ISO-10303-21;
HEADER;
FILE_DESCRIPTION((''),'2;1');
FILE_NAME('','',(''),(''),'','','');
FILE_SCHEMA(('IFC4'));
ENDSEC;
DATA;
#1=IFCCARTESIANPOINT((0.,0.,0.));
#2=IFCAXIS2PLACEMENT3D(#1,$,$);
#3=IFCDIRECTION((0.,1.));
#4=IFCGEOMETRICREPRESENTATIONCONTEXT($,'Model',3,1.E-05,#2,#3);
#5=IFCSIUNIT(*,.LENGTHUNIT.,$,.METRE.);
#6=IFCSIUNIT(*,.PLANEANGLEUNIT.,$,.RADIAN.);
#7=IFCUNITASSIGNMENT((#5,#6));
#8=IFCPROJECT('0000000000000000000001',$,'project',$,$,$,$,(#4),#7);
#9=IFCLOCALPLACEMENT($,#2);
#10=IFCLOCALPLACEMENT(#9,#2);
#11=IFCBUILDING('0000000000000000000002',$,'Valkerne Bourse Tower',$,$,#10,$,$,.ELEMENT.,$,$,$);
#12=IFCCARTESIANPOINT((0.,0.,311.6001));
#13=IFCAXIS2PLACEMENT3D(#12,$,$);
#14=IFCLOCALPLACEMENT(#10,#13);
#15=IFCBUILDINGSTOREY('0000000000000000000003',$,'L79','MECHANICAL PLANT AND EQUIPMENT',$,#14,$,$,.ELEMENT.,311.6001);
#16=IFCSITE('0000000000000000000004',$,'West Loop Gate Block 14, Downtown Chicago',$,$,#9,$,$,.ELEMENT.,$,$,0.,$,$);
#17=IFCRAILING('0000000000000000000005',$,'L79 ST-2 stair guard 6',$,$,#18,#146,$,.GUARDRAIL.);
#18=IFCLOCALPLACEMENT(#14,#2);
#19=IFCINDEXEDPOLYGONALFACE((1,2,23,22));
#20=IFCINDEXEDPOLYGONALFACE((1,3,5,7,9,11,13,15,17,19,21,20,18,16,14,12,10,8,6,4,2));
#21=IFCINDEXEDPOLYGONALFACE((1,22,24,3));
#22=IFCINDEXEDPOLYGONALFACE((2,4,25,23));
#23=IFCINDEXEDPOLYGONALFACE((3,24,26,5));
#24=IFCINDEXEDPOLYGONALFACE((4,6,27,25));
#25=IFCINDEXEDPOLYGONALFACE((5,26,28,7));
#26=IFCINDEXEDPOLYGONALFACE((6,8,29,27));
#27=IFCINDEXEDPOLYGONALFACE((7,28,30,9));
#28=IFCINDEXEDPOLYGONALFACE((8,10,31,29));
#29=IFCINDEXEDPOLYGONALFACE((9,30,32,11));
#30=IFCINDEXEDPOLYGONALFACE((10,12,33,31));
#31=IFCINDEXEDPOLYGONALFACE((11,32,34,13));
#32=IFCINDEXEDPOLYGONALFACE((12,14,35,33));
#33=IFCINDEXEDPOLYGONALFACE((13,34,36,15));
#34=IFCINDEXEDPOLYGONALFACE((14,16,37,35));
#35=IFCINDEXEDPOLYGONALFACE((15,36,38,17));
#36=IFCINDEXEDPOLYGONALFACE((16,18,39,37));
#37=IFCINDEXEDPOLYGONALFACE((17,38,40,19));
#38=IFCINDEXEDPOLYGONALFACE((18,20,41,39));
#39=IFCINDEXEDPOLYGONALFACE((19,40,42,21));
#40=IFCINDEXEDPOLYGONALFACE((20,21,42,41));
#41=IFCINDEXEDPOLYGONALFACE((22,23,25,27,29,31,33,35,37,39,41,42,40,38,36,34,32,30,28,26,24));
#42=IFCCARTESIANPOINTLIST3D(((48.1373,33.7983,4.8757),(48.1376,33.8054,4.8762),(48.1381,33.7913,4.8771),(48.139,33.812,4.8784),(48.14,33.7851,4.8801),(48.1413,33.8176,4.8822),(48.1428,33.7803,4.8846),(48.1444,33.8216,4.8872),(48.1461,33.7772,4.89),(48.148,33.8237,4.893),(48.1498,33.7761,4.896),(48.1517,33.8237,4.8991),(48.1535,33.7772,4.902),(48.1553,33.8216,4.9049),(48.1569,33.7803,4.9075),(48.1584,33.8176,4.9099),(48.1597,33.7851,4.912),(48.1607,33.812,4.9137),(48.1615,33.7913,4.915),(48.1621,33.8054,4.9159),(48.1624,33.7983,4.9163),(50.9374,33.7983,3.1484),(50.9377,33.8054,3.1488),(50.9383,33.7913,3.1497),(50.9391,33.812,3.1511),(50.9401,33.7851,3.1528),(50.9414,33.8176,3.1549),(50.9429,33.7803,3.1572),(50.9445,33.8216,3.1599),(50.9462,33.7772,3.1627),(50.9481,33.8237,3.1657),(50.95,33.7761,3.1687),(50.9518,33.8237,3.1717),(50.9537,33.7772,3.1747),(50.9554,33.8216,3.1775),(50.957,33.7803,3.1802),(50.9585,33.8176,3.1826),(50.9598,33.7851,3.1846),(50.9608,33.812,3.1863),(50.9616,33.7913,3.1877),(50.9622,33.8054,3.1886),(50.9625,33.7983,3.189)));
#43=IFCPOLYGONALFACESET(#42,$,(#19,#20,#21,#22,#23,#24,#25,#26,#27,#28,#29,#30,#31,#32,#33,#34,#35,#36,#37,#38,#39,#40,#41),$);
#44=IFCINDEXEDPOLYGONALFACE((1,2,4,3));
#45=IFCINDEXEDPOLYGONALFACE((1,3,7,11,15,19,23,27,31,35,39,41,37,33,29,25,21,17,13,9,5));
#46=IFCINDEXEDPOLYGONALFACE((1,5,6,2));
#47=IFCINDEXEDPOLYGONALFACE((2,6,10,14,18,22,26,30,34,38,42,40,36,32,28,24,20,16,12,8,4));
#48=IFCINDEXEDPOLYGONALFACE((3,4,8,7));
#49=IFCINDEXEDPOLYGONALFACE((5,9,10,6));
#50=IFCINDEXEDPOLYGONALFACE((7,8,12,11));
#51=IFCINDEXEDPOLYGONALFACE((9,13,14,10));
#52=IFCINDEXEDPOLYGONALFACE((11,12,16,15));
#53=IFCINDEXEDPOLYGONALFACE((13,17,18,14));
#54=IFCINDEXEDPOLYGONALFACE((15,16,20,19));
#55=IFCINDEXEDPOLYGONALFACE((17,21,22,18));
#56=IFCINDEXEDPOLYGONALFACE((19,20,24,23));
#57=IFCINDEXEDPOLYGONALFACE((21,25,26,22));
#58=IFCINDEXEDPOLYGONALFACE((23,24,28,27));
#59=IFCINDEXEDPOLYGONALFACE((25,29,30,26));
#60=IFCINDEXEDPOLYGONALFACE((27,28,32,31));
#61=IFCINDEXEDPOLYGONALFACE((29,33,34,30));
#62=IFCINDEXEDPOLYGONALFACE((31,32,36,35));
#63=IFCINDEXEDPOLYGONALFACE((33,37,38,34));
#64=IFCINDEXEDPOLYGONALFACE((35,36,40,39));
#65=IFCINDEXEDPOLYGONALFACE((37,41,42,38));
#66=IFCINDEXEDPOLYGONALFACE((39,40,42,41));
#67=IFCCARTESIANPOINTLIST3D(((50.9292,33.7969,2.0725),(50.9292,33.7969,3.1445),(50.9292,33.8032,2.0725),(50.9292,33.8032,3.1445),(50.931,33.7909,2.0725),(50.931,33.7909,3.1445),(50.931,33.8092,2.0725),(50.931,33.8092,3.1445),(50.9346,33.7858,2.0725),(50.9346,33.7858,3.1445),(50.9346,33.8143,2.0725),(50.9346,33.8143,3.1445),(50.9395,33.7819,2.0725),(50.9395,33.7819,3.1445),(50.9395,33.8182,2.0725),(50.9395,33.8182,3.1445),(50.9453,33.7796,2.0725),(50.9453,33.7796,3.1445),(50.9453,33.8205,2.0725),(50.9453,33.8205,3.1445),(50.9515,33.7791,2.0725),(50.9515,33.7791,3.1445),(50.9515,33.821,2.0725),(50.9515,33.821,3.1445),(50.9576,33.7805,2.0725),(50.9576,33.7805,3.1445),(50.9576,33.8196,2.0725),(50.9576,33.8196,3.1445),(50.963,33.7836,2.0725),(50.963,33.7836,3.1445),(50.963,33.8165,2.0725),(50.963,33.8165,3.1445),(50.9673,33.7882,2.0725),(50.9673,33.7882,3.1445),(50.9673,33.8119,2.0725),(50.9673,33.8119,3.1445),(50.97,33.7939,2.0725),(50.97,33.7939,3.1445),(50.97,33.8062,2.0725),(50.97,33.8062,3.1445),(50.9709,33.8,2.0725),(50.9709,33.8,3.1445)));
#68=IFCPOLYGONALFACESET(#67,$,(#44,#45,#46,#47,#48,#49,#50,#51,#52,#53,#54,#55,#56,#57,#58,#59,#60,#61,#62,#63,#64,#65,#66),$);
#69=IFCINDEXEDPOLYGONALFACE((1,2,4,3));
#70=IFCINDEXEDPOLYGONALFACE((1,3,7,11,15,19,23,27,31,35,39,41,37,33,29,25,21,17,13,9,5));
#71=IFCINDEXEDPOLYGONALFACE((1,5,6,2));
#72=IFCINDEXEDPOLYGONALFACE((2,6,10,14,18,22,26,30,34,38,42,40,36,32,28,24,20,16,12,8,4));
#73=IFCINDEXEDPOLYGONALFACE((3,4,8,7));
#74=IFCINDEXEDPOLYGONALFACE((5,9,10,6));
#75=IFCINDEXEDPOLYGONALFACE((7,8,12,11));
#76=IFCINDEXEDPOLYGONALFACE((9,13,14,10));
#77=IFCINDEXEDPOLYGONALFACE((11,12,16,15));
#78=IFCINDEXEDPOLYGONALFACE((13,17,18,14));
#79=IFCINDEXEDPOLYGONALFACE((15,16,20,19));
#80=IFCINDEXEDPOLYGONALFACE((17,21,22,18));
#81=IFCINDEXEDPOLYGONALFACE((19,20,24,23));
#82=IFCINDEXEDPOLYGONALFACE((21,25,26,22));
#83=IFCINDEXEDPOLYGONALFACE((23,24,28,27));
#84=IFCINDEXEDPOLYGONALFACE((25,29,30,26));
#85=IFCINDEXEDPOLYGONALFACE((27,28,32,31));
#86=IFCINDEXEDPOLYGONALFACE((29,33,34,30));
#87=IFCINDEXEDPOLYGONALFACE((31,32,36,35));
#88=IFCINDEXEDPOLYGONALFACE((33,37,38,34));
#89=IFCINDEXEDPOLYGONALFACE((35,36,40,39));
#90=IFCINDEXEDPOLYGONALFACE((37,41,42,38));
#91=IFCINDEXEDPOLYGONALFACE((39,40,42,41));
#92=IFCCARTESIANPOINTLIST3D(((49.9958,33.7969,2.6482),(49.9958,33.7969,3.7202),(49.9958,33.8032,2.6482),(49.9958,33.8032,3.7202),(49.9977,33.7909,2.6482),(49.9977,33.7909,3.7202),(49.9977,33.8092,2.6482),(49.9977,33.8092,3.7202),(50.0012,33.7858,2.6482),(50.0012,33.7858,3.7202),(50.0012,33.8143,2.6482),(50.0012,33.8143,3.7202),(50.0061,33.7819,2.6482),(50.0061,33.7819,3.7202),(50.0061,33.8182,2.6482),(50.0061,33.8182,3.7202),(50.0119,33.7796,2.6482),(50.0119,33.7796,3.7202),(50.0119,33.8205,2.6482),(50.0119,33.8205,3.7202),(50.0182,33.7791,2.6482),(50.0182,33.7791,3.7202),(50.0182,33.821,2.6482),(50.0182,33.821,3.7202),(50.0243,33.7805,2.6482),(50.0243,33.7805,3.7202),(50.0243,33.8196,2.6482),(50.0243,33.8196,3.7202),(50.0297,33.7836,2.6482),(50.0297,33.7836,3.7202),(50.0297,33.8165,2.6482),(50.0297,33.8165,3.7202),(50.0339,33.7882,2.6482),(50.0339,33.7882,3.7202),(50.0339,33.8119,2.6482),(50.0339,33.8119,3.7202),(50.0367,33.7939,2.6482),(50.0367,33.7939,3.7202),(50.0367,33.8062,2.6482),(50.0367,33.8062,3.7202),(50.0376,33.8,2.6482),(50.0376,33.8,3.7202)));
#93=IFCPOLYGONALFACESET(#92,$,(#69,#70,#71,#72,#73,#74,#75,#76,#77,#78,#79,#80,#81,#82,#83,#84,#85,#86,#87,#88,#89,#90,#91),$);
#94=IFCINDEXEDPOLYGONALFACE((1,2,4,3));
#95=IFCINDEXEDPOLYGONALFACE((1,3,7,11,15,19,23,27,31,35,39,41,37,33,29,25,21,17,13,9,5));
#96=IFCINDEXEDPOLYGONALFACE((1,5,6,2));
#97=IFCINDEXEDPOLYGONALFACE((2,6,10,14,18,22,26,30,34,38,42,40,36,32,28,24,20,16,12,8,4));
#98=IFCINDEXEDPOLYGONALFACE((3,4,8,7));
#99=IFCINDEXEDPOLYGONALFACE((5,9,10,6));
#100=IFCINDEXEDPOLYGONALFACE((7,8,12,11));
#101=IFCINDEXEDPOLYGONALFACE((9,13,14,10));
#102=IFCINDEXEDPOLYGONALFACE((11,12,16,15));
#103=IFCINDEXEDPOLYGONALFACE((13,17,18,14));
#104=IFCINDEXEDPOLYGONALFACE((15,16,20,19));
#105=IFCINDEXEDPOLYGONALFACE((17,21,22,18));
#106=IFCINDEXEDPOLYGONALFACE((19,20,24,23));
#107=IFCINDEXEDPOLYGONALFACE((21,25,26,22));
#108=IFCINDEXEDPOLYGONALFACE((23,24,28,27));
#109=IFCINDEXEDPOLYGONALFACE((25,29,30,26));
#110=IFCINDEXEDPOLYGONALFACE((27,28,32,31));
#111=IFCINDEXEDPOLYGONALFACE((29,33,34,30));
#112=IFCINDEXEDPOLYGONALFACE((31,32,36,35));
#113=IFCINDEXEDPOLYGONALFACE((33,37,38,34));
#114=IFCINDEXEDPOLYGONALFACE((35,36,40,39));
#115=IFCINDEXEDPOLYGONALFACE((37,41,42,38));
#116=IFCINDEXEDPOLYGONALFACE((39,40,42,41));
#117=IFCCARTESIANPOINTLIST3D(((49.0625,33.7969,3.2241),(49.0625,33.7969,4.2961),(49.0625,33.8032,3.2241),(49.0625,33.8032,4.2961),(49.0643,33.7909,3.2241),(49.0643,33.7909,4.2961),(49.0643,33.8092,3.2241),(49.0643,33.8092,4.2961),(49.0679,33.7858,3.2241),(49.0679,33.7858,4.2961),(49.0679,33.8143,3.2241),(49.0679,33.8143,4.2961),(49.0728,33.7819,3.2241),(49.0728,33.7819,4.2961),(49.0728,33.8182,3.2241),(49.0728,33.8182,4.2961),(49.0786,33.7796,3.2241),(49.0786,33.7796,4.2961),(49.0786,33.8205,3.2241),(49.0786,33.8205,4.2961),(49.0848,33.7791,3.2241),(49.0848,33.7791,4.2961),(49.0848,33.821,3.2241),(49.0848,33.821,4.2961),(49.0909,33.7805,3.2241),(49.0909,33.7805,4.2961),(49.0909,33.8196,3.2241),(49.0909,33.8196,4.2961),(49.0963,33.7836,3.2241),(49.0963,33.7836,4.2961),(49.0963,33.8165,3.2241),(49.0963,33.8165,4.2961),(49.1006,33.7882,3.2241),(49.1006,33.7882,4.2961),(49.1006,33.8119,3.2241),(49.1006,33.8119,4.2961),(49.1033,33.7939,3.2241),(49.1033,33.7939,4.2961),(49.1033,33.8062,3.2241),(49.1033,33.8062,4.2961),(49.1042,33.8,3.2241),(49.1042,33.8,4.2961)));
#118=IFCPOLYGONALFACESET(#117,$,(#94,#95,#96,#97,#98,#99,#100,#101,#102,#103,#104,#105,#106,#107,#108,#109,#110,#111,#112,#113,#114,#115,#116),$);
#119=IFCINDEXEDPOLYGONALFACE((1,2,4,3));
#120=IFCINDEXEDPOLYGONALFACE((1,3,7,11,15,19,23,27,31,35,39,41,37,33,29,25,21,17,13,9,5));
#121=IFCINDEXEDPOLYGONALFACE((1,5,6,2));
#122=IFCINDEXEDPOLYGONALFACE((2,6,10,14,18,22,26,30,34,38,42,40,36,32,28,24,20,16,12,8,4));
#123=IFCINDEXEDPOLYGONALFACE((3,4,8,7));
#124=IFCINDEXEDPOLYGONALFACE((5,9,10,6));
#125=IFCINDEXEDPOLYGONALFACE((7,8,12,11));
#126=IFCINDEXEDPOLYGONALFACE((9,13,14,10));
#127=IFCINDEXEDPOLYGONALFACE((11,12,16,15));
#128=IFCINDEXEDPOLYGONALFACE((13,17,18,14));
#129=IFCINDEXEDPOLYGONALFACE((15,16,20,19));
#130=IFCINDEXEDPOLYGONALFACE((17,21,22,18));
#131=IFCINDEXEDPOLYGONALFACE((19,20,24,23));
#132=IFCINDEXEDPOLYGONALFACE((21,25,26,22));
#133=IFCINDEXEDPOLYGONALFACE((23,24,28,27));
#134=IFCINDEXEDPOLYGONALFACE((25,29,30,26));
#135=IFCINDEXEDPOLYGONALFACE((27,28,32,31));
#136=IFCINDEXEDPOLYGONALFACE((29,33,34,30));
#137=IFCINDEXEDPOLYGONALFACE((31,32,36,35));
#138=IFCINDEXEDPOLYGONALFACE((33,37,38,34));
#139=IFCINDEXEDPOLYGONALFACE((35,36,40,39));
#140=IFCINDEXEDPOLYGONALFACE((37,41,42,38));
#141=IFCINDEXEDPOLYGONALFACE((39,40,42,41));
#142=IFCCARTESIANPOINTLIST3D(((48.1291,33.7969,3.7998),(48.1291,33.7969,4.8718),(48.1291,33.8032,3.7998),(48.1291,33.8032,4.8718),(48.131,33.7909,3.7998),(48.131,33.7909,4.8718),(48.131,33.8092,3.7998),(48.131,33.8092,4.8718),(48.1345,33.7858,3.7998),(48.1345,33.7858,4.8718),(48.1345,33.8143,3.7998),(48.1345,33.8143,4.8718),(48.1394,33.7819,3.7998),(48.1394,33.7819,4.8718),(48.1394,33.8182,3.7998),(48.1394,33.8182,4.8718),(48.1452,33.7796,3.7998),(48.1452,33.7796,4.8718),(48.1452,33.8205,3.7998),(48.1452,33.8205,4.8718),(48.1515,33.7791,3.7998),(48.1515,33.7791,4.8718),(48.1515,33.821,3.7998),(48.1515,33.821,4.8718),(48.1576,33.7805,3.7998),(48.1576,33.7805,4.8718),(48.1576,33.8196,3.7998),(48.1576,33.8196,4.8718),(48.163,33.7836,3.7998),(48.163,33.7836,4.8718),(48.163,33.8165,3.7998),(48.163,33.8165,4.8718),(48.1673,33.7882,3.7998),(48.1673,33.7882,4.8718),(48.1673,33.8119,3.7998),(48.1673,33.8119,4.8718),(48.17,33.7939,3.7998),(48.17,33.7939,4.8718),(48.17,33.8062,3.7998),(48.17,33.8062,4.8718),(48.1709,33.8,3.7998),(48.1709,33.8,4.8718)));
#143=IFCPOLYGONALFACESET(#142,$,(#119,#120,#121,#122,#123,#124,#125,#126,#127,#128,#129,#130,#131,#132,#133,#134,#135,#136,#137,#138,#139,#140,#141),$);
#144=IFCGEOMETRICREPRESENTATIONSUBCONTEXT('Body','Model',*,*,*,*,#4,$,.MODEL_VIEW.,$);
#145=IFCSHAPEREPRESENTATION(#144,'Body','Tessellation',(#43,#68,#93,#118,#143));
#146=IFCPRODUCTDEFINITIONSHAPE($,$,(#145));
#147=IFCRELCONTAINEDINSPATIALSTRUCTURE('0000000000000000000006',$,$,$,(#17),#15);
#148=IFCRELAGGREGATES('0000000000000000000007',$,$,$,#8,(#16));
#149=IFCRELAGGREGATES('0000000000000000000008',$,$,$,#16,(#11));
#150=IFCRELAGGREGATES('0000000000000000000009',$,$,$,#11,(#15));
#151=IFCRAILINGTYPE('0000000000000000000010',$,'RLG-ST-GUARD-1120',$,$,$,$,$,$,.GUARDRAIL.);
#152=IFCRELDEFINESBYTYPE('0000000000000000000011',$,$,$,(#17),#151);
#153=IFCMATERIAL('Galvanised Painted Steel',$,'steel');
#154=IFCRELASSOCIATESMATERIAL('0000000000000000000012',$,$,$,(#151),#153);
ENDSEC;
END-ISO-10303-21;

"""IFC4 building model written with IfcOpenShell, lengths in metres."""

from ifc_helpers import new_model, si_unit, direction, frame, origin, origin_2d, place, context, subcontext, project, spatial, circle, extrude, material, type_object, element, save


model = new_model("IFC4")

# Units and contexts
model_context = context("Model", 3, precision=1e-05, world=origin(), true_north=direction((0.0, 1.0)))
body_context = subcontext(model_context, "Body", "Model", "MODEL_VIEW")
ifc_project = project(units=[si_unit("LENGTHUNIT", "METRE"), si_unit("PLANEANGLEUNIT", "RADIAN")], contexts=[model_context])

# Site, building, storey
site_placement = place(None, origin())
site = spatial("IfcSite", under=ifc_project, at=site_placement, Name="West Loop Gate Block 14, Downtown Chicago", CompositionType="ELEMENT", RefElevation=0.0)
building_placement = place(site_placement, origin())
building = spatial("IfcBuilding", under=site, at=building_placement, Name="Valkerne Bourse Tower", CompositionType="ELEMENT")
storey_placement = place(building_placement, frame((0.0, 0.0, 311.6001)))
storey = spatial("IfcBuildingStorey", under=building, at=storey_placement, Name="L79", Description="MECHANICAL PLANT AND EQUIPMENT", CompositionType="ELEMENT", Elevation=311.6001)

# Shared definitions
ifc_material_1 = material(Name="Galvanised Painted Steel", Category="steel")

# Railing
railing_type_1 = type_object("IfcRailingType", Name="RLG-ST-GUARD-1120", PredefinedType="GUARDRAIL", material=ifc_material_1)
railing_1_placement = place(storey_placement, frame((50.95, 33.8, 2.0725)))
element("IfcRailing", 1, at=railing_1_placement, inside=storey, type_object=railing_type_1, Name="L79 ST-2 stair guard 6", PredefinedType="GUARDRAIL", context=body_context, shape_type="SweptSolid", body=[
    extrude(circle(Radius=0.0239, at=origin_2d()), frame((0.0, 0.0, 1.0962), z_axis=(-0.85109, 0.0, 0.52502), x_axis=(0.0, -1.0, 0.0)), (0.0, 0.0, 1.0), 3.29),
    extrude(circle(Radius=0.021, at=origin_2d()), origin(), (0.0, 0.0, 1.0), 1.072),
    extrude(circle(Radius=0.021, at=origin_2d()), frame((-0.9333, 0.0, 0.5757)), (0.0, 0.0, 1.0), 1.072),
    extrude(circle(Radius=0.021, at=origin_2d()), frame((-1.8667, 0.0, 1.1516)), (0.0, 0.0, 1.0), 1.072),
    extrude(circle(Radius=0.021, at=origin_2d()), frame((-2.8, 0.0, 1.7273)), (0.0, 0.0, 1.0), 1.072),
])

save(model, "model.ifc")
